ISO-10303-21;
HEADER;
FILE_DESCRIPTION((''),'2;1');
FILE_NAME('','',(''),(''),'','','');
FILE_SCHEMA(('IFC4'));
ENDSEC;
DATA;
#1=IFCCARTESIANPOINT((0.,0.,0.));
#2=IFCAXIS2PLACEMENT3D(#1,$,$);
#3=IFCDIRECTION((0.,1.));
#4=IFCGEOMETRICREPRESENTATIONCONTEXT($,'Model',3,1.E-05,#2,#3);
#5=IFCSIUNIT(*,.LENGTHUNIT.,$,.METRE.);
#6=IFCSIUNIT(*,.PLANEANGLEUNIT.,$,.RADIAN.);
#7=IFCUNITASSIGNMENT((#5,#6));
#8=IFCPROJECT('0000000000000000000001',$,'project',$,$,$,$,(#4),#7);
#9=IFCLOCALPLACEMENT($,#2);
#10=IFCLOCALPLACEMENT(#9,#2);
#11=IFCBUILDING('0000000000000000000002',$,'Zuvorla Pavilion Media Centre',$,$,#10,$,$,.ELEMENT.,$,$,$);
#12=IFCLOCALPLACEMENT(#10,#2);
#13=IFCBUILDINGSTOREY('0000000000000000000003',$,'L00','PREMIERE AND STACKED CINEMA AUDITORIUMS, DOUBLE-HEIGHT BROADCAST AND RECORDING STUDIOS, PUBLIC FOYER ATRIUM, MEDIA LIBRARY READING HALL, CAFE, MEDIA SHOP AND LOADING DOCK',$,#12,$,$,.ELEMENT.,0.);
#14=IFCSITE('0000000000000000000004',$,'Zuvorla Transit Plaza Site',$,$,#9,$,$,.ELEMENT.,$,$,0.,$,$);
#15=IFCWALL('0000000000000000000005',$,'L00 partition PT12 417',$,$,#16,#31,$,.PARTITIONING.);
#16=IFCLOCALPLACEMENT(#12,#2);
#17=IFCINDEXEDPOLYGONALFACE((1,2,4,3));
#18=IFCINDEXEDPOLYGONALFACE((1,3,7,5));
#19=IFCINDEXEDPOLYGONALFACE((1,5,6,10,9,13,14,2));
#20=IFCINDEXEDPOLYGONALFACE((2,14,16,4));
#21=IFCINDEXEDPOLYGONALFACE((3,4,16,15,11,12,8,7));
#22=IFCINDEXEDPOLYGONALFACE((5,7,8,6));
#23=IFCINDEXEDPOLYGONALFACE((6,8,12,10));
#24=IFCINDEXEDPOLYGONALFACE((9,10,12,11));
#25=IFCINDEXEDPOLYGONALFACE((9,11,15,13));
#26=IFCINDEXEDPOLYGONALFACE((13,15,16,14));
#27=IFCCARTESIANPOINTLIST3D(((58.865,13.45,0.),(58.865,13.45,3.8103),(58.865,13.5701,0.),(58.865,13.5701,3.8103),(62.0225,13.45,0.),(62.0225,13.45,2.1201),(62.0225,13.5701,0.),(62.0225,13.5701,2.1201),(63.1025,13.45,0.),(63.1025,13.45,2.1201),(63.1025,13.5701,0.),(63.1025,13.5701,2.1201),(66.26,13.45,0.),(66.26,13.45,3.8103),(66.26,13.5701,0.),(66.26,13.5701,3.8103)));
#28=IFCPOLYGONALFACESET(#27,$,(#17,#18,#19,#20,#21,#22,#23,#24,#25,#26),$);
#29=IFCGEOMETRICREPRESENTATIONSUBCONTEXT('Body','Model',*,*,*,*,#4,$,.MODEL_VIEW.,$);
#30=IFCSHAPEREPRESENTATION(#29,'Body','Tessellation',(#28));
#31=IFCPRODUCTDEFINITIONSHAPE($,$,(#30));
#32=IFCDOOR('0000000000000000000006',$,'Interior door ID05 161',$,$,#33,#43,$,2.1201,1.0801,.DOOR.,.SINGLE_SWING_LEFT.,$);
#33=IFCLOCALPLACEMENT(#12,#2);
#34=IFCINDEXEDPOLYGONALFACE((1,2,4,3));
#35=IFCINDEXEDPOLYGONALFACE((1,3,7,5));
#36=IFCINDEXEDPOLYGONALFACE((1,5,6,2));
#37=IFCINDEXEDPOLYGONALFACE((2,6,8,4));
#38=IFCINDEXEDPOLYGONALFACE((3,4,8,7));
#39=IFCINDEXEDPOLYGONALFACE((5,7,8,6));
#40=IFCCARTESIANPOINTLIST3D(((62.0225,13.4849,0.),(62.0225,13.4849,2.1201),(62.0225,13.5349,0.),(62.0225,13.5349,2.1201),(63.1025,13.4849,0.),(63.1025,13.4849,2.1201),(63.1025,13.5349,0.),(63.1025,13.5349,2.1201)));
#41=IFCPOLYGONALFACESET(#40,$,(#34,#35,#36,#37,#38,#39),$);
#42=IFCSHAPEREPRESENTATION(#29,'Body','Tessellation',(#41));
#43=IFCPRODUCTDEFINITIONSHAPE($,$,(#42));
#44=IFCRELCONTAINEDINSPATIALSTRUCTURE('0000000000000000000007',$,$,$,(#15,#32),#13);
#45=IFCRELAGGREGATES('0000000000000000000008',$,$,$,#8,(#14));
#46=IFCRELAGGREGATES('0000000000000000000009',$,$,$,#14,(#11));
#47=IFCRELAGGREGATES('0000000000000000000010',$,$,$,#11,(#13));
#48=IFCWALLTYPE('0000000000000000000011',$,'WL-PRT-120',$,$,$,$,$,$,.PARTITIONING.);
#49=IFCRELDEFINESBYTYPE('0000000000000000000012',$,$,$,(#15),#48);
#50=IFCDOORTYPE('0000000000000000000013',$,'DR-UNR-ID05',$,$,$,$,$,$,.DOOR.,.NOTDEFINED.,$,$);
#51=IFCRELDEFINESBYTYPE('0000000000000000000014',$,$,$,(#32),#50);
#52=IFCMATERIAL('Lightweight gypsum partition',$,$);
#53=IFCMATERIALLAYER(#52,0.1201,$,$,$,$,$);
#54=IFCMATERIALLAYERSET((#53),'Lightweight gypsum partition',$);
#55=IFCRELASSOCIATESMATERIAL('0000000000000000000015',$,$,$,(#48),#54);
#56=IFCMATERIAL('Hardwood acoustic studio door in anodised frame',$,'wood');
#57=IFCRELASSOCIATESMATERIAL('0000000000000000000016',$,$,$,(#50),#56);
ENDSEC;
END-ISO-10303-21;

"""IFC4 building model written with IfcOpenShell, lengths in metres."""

from ifc_helpers import new_model, si_unit, direction, frame, frame_2d, origin, place, context, subcontext, project, spatial, rectangle, extrude, material, layer, layer_set, type_object, element, fill, save


model = new_model("IFC4")

# Units and contexts
model_context = context("Model", 3, precision=1e-05, world=origin(), true_north=direction((0.0, 1.0)))
body_context = subcontext(model_context, "Body", "Model", "MODEL_VIEW")
ifc_project = project(units=[si_unit("LENGTHUNIT", "METRE"), si_unit("PLANEANGLEUNIT", "RADIAN")], contexts=[model_context])

# Site, building, storey
site_placement = place(None, origin())
site = spatial("IfcSite", under=ifc_project, at=site_placement, Name="Zuvorla Transit Plaza Site", CompositionType="ELEMENT", RefElevation=0.0)
building_placement = place(site_placement, origin())
building = spatial("IfcBuilding", under=site, at=building_placement, Name="Zuvorla Pavilion Media Centre", CompositionType="ELEMENT")
storey_placement = place(building_placement, origin())
storey = spatial("IfcBuildingStorey", under=building, at=storey_placement, Name="L00", Description="PREMIERE AND STACKED CINEMA AUDITORIUMS, DOUBLE-HEIGHT BROADCAST AND RECORDING STUDIOS, PUBLIC FOYER ATRIUM, MEDIA LIBRARY READING HALL, CAFE, MEDIA SHOP AND LOADING DOCK", CompositionType="ELEMENT", Elevation=0.0)

# Wall, opening, door
ifc_material_1 = material(Name="Lightweight gypsum partition")
ifc_layer_1 = layer(ifc_material_1, 0.1201)
ifc_layer_set_1 = layer_set([ifc_layer_1], Name="Lightweight gypsum partition")
wall_type_1 = type_object("IfcWallType", Name="WL-PRT-120", PredefinedType="PARTITIONING", material=ifc_layer_set_1)
ifc_material_2 = material(Name="Hardwood acoustic studio door in anodised frame", Category="wood")
wall_1_placement = place(storey_placement, frame((58.865, 13.51, 0.0), z_axis=(0.0, 0.0, 1.0), x_axis=(1.0, 0.0, 0.0)))
wall_1 = element("IfcWall", 1, at=wall_1_placement, inside=storey, type_object=wall_type_1, Name="L00 partition PT12 417", PredefinedType="PARTITIONING", context=body_context, shape_type="SweptSolid", body=[
    extrude(rectangle(XDim=7.395, YDim=0.1201, at=frame_2d((3.6975, 0.0))), origin(), (0.0, 0.0, 1.0), 3.8103),
])
opening_1_placement = place(wall_1_placement, frame((3.1575, 0.0, 0.0)))
opening_1 = element("IfcOpeningElement", 2, at=opening_1_placement, cuts=wall_1, PredefinedType="OPENING", context=body_context, shape_type="SweptSolid", body=[
    extrude(rectangle(XDim=1.0801, YDim=2.1201, at=frame_2d((0.54, 1.0601))), frame((0.0, 0.0701, 0.0), z_axis=(0.0, -1.0, 0.0), x_axis=(1.0, 0.0, 0.0)), (0.0, 0.0, 1.0), 0.1401),
])
door_type_1 = type_object("IfcDoorType", Name="DR-UNR-ID05", OperationType="NOTDEFINED", PredefinedType="DOOR", material=ifc_material_2)
door_1_placement = place(opening_1_placement, origin())
door_1 = element("IfcDoor", 3, at=door_1_placement, inside=storey, type_object=door_type_1, Name="Interior door ID05 161", OperationType="SINGLE_SWING_LEFT", OverallHeight=2.1201, OverallWidth=1.0801, PredefinedType="DOOR", context=body_context, shape_type="SweptSolid", body=[
    extrude(rectangle(XDim=1.0801, YDim=2.1201, at=frame_2d((0.54, 1.0601))), frame((0.0, 0.0249, 0.0), z_axis=(0.0, -1.0, 0.0), x_axis=(1.0, 0.0, 0.0)), (0.0, 0.0, 1.0), 0.05),
])
fill(opening_1, door_1)

save(model, "model.ifc")
